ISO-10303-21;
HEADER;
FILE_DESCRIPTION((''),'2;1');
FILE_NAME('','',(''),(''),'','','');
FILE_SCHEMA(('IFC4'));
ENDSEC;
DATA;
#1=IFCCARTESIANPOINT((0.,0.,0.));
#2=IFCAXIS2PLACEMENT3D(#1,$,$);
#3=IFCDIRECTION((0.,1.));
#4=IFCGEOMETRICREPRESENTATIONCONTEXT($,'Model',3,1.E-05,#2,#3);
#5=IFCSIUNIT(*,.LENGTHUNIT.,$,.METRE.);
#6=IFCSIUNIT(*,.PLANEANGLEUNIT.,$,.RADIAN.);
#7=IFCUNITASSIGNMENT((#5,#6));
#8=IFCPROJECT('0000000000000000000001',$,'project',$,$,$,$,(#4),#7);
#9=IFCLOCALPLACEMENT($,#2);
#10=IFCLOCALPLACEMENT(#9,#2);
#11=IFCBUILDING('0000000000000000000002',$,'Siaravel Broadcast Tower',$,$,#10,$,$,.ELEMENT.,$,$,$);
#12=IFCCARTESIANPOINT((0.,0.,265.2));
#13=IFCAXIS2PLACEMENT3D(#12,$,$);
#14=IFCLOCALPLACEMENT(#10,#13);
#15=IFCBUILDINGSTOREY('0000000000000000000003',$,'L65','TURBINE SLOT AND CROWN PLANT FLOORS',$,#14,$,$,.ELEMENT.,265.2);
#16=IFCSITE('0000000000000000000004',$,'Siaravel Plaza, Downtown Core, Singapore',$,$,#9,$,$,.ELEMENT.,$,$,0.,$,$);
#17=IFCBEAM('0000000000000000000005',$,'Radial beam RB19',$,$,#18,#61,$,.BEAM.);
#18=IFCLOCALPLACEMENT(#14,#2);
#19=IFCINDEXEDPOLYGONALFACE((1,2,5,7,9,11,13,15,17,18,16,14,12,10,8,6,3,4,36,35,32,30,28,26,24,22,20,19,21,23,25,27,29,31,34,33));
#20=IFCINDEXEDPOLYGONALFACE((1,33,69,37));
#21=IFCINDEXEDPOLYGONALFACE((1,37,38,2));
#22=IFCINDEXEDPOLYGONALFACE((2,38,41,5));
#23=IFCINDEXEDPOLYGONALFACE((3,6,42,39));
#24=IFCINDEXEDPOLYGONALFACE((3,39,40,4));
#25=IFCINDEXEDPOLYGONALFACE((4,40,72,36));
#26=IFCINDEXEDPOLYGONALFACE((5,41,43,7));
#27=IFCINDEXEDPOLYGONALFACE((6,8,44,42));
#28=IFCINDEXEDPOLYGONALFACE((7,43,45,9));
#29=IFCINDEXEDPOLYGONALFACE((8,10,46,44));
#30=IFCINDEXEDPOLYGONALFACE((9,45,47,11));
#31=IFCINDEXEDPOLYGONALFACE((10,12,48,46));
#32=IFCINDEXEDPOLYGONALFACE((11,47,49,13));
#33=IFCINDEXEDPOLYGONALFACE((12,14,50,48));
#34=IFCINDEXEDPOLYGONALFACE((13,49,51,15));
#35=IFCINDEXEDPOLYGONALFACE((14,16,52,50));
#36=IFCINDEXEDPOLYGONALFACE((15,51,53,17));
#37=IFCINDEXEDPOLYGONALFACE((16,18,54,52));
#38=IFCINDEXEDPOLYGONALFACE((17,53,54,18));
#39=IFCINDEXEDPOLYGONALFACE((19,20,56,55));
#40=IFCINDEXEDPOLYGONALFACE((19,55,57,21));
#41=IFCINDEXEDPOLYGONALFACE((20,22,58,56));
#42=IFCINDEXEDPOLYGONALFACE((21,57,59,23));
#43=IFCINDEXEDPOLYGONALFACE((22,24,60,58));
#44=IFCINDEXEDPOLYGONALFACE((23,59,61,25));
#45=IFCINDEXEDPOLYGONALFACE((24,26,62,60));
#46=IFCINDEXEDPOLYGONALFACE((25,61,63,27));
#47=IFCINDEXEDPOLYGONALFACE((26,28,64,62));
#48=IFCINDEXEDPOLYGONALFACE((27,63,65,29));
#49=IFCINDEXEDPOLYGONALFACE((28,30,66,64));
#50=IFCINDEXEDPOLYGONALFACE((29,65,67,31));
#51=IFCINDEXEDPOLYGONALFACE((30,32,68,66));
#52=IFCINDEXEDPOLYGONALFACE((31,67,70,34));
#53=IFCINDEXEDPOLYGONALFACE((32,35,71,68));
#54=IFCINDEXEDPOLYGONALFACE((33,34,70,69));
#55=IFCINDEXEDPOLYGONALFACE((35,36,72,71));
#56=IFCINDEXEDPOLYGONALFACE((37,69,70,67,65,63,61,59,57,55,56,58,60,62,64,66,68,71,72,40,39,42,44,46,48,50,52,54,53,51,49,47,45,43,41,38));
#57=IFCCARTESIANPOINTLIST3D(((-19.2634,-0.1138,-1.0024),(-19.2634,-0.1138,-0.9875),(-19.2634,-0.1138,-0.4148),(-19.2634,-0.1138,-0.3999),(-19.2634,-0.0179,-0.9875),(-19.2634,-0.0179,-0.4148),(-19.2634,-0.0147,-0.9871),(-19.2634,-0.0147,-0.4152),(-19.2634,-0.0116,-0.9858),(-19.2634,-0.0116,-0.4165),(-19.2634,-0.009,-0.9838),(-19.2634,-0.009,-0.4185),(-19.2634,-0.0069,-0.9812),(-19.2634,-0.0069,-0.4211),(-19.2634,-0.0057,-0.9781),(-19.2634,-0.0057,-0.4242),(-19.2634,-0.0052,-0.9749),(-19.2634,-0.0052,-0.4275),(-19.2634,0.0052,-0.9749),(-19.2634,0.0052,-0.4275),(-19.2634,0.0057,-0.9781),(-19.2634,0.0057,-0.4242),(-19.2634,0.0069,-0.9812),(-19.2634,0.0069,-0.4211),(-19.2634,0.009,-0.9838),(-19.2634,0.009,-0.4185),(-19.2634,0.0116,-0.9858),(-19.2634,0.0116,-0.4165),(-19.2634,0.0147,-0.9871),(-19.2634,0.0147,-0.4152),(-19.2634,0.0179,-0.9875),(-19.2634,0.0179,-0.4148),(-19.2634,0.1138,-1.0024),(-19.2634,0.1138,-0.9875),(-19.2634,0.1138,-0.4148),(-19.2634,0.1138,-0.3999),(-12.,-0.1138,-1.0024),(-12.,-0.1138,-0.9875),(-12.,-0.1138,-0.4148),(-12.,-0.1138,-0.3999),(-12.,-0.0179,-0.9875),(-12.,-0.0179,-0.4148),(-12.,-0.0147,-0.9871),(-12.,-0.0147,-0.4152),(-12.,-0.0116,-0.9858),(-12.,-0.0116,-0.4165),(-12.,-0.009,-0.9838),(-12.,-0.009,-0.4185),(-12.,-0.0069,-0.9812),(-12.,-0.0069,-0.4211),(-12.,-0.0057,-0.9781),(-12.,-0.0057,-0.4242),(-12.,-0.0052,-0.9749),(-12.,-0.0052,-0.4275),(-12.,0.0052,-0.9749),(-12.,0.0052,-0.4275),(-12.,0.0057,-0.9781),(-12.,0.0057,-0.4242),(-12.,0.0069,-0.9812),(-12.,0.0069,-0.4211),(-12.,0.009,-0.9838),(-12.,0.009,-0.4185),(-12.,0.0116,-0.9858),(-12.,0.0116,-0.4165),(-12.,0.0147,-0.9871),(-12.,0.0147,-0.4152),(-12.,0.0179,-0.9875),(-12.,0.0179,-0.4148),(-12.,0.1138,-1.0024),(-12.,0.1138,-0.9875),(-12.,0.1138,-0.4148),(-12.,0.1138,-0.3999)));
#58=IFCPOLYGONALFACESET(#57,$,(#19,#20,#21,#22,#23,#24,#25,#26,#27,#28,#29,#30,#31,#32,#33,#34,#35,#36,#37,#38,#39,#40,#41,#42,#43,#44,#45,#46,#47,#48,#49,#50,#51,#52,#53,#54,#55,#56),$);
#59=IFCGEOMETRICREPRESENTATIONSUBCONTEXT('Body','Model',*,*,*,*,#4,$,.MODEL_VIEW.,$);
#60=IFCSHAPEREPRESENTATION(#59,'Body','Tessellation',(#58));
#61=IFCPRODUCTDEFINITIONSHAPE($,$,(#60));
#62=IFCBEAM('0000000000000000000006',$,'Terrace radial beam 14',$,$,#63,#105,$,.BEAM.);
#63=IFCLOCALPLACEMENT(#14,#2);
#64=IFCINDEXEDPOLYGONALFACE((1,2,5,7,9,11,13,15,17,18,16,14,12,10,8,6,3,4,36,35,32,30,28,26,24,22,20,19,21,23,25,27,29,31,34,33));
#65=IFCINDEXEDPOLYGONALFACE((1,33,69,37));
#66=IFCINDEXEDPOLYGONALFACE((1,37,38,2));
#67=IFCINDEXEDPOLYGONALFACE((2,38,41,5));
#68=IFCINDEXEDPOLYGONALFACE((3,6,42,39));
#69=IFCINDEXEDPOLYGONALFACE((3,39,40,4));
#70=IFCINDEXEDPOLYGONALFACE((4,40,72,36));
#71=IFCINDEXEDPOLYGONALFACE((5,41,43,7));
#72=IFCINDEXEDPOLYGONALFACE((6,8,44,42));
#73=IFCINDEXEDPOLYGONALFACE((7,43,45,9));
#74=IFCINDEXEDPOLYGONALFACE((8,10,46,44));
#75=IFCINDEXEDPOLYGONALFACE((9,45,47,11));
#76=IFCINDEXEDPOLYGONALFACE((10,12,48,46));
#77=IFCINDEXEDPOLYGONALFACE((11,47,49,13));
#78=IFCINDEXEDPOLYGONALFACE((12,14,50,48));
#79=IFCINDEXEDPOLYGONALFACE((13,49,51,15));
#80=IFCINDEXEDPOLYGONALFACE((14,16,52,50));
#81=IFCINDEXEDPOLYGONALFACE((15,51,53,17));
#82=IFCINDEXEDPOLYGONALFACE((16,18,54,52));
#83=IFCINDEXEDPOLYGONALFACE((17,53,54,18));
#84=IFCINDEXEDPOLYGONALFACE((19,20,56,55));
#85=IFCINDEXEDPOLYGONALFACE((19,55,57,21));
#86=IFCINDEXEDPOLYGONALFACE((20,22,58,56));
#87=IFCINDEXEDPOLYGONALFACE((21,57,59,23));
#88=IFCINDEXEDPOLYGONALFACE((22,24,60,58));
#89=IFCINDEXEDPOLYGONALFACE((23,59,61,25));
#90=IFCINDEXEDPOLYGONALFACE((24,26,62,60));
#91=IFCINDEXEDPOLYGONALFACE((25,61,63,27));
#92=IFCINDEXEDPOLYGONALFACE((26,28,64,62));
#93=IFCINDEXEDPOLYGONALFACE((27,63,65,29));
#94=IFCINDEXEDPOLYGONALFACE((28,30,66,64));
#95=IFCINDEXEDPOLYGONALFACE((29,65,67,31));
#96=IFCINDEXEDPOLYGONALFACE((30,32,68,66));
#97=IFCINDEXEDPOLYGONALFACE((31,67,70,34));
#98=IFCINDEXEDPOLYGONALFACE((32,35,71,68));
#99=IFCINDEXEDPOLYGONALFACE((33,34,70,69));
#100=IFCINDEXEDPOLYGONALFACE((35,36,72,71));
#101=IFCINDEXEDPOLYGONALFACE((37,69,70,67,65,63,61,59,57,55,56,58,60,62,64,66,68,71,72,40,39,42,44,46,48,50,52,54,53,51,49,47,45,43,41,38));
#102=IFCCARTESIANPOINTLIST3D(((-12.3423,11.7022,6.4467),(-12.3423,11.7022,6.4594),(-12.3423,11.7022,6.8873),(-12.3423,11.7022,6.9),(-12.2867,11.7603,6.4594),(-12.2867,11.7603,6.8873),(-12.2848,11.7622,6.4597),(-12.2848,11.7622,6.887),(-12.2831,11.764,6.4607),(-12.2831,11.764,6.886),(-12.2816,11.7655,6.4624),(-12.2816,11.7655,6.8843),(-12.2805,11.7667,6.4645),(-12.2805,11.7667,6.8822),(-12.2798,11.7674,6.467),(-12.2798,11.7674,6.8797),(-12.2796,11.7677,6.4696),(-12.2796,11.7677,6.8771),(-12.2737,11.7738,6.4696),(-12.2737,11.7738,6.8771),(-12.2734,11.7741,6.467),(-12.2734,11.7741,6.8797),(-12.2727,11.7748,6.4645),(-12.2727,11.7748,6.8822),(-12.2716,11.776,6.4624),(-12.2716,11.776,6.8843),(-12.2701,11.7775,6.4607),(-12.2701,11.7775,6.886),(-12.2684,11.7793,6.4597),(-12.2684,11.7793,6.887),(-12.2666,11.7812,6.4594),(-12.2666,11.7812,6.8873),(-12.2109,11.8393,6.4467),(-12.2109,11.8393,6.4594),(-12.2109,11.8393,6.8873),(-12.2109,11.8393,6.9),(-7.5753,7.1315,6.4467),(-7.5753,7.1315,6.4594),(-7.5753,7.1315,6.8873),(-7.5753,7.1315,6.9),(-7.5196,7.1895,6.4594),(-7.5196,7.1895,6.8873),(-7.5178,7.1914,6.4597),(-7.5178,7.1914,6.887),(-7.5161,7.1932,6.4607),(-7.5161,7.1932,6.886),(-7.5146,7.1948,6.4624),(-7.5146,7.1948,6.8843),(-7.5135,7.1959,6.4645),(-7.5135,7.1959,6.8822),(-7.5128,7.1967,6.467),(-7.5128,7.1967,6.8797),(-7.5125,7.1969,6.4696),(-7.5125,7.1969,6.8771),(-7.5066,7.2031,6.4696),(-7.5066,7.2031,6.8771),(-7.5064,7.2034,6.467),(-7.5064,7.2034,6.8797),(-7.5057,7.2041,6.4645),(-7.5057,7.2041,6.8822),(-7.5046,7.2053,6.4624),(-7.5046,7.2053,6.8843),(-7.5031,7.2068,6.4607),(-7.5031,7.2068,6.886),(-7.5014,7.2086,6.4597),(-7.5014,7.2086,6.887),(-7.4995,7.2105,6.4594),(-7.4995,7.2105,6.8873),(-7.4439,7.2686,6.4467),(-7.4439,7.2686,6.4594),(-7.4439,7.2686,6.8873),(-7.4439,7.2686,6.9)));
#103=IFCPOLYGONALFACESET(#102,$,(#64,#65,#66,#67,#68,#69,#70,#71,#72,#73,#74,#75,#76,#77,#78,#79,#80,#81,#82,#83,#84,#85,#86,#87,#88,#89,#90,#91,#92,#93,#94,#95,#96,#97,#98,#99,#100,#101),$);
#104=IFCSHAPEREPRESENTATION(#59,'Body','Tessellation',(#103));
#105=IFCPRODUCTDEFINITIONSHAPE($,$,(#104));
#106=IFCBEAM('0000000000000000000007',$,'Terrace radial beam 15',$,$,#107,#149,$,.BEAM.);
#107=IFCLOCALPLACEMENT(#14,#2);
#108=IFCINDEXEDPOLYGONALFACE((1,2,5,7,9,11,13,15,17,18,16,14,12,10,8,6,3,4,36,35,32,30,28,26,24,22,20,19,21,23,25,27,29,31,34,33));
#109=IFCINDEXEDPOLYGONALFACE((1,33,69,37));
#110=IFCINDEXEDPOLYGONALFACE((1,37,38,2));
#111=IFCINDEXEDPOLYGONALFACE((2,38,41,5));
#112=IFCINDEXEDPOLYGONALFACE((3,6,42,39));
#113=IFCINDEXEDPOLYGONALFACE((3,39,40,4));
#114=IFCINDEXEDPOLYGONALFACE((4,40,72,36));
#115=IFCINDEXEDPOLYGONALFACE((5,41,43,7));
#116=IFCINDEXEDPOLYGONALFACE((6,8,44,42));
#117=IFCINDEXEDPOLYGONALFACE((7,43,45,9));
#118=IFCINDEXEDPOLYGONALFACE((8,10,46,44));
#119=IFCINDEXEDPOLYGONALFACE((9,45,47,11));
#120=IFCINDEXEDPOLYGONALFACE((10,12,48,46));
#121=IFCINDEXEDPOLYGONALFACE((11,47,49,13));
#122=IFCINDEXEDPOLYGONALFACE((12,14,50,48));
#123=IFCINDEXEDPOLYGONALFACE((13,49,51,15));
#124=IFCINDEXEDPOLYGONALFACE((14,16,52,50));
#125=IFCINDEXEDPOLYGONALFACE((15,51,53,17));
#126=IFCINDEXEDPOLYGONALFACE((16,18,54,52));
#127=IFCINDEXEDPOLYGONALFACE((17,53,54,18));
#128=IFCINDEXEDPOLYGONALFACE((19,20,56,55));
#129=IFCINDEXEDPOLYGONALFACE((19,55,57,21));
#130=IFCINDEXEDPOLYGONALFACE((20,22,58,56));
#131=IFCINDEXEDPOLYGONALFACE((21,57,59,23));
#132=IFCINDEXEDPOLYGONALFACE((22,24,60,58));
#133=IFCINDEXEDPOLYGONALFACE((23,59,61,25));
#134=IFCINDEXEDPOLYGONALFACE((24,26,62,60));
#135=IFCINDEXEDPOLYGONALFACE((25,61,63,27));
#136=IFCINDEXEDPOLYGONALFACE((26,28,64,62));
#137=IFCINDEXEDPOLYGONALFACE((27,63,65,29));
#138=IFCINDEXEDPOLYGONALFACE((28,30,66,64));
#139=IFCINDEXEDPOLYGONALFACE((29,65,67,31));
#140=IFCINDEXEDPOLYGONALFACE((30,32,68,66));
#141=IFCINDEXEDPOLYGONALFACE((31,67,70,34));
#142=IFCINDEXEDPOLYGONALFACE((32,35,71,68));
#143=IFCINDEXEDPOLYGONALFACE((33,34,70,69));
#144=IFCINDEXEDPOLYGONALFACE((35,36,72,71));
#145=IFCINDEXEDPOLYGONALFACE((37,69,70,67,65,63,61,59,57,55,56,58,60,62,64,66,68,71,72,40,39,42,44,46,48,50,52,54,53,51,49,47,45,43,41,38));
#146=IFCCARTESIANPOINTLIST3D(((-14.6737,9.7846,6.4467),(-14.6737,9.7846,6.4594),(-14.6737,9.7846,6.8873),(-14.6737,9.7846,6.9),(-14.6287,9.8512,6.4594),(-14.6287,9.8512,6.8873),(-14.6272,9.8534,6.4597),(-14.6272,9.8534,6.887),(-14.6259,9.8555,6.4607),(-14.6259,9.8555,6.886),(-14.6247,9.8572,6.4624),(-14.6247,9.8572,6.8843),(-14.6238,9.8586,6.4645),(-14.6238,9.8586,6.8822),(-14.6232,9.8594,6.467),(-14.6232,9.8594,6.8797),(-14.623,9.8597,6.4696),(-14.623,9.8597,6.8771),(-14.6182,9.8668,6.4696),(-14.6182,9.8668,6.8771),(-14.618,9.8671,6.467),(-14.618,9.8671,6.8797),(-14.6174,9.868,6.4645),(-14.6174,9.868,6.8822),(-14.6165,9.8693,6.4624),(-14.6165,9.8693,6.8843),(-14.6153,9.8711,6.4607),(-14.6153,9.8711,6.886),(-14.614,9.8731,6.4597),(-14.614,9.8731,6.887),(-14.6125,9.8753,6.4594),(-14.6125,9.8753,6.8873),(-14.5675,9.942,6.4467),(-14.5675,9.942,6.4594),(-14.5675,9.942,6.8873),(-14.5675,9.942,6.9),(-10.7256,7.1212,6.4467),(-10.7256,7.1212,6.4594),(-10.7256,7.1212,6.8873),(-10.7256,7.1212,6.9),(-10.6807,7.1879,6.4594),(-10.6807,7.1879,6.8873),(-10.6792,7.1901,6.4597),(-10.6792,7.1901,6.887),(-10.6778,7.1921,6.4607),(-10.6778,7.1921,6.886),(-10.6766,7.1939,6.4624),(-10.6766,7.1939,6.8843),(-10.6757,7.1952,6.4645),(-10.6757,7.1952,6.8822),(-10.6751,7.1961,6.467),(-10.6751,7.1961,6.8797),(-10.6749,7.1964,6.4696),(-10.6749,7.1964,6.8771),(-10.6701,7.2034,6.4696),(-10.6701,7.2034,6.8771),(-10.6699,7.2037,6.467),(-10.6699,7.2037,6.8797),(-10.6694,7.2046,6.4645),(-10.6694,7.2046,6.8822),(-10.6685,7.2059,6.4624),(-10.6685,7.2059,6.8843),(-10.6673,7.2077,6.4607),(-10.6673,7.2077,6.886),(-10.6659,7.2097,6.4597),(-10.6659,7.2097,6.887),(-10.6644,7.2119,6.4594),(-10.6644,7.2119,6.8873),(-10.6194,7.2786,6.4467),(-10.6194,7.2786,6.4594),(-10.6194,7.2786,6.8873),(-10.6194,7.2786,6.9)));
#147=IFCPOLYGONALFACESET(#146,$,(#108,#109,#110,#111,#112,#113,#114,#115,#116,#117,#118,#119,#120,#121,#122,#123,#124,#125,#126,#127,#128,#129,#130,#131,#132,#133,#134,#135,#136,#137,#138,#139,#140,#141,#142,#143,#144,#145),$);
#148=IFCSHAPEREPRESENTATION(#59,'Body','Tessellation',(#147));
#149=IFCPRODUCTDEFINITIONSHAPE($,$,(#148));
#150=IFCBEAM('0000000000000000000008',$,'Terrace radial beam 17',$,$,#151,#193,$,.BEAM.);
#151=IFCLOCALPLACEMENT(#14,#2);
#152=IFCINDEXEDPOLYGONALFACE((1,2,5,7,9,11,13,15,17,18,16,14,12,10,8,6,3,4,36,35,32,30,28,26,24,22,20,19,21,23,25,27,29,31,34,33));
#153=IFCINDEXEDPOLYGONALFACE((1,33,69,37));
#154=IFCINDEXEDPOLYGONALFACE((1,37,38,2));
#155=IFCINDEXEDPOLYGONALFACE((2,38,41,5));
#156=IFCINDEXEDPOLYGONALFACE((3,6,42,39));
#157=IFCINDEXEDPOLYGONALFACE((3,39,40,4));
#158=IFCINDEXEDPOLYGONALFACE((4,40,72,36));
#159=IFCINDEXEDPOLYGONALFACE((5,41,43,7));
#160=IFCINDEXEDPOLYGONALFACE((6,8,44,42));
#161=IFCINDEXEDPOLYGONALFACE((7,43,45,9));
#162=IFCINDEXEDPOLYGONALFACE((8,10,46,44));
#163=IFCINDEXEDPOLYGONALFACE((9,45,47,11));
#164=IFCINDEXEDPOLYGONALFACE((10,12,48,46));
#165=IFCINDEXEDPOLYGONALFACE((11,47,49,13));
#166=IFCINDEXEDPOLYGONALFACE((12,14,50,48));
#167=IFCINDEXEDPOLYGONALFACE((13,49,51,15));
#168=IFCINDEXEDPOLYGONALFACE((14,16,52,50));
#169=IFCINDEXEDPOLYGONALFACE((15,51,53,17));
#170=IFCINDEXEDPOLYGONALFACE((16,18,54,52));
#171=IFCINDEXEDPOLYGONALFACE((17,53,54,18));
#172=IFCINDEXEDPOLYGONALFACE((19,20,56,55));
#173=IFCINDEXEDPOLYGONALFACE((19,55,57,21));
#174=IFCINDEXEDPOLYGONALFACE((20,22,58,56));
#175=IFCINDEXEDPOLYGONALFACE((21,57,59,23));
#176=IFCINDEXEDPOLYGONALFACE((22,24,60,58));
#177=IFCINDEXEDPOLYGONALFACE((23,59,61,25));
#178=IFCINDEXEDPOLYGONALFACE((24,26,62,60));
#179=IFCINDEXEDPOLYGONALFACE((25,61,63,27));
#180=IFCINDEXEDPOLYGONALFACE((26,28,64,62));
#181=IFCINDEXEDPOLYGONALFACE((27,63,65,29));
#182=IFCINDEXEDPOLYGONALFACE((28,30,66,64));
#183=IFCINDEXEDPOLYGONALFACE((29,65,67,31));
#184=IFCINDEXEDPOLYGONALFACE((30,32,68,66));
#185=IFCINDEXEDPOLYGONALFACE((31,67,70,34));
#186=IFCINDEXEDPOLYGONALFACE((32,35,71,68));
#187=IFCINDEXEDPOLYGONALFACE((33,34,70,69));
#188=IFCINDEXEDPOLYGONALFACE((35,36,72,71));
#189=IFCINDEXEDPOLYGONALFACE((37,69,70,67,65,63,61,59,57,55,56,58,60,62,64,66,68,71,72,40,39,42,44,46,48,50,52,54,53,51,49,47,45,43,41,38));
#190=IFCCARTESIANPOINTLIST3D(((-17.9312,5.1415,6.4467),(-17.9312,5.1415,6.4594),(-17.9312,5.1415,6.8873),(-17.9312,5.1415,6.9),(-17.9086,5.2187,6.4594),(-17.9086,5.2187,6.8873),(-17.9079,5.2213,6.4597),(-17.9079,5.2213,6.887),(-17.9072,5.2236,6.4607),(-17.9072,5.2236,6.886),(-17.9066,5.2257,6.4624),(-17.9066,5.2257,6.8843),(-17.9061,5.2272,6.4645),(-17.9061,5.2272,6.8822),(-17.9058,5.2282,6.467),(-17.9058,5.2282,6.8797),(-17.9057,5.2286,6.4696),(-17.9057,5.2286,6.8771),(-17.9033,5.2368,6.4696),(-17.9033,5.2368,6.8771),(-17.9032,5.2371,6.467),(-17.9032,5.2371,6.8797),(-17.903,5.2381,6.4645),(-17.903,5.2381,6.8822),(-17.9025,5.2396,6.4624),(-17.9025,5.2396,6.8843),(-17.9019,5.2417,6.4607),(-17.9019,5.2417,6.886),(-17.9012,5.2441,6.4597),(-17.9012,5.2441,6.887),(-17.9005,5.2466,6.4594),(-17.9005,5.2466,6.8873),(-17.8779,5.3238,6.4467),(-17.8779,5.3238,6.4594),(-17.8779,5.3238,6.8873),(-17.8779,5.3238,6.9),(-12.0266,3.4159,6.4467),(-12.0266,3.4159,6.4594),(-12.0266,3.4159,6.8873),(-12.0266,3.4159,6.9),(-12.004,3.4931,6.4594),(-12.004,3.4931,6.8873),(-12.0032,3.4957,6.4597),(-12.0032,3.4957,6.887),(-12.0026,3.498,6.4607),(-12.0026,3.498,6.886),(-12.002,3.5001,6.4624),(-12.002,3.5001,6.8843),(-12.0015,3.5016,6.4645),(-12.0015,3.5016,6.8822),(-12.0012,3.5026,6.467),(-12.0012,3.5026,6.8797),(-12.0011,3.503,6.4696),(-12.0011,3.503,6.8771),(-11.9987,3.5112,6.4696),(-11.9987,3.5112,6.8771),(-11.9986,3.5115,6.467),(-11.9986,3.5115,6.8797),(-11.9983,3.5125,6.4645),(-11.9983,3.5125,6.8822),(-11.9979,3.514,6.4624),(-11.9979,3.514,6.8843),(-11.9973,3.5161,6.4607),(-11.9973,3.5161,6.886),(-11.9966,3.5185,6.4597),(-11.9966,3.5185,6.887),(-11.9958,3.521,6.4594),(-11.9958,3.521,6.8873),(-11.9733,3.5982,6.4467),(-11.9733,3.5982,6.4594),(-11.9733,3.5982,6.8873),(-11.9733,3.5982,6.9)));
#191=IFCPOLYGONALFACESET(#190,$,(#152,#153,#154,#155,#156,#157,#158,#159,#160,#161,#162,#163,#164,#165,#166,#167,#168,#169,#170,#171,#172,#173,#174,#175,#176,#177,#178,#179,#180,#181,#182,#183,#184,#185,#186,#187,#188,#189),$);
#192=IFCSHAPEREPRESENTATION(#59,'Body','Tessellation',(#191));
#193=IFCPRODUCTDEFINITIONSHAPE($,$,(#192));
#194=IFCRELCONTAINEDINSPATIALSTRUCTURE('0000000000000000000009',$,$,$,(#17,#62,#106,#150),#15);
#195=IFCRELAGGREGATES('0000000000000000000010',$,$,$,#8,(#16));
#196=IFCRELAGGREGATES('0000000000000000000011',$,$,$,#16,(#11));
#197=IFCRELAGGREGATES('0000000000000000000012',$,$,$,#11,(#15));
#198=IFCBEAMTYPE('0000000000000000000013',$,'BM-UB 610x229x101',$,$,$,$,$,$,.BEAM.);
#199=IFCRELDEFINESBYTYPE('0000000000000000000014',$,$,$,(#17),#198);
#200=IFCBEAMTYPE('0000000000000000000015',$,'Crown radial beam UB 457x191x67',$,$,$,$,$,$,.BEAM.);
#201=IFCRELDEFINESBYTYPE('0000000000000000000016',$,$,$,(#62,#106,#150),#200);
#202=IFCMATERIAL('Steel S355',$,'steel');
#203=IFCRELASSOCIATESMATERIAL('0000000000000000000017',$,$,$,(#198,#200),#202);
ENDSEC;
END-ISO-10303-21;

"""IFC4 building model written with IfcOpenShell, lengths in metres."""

from ifc_helpers import new_model, si_unit, direction, frame, origin, origin_2d, place, context, subcontext, project, spatial, i_section, extrude, material, material_profile, profile_set, type_object, element, save


model = new_model("IFC4")

# Units and contexts
model_context = context("Model", 3, precision=1e-05, world=origin(), true_north=direction((0.0, 1.0)))
body_context = subcontext(model_context, "Body", "Model", "MODEL_VIEW")
ifc_project = project(units=[si_unit("LENGTHUNIT", "METRE"), si_unit("PLANEANGLEUNIT", "RADIAN")], contexts=[model_context])

# Site, building, storey
site_placement = place(None, origin())
site = spatial("IfcSite", under=ifc_project, at=site_placement, Name="Siaravel Plaza, Downtown Core, Singapore", CompositionType="ELEMENT", RefElevation=0.0)
building_placement = place(site_placement, origin())
building = spatial("IfcBuilding", under=site, at=building_placement, Name="Siaravel Broadcast Tower", CompositionType="ELEMENT")
storey_placement = place(building_placement, frame((0.0, 0.0, 265.2)))
storey = spatial("IfcBuildingStorey", under=building, at=storey_placement, Name="L65", Description="TURBINE SLOT AND CROWN PLANT FLOORS", CompositionType="ELEMENT", Elevation=265.2)

# Beams
ifc_material_1 = material(Name="Steel S355", Category="steel")
ifc_material_profile_1 = material_profile(ifc_material_1, i_section(OverallWidth=0.2275, OverallDepth=0.6025, WebThickness=0.0105, FlangeThickness=0.0149, FilletRadius=0.0127, at=origin_2d()))
ifc_profile_set_1 = profile_set([ifc_material_profile_1], Name="Steel S355")
beam_type_1 = type_object("IfcBeamType", Name="BM-UB 610x229x101", PredefinedType="BEAM", material=ifc_profile_set_1)
beam_1_placement = place(storey_placement, frame((-19.2634, 0.0, -0.7012), z_axis=(1.0, 0.0, 0.0), x_axis=(0.0, 1.0, 0.0)))
element("IfcBeam", 1, at=beam_1_placement, inside=storey, type_object=beam_type_1, Name="Radial beam RB19", PredefinedType="BEAM", context=body_context, shape_type="SweptSolid", body=[
    extrude(i_section(OverallWidth=0.2275, OverallDepth=0.6025, WebThickness=0.0105, FlangeThickness=0.0149, FilletRadius=0.0127, at=origin_2d()), origin(), (0.0, 0.0, 1.0), 7.2634),
])
ifc_material_profile_2 = material_profile(ifc_material_1, i_section(OverallWidth=0.1899, OverallDepth=0.4534, WebThickness=0.0085, FlangeThickness=0.0127, FilletRadius=0.0103, at=origin_2d()))
ifc_profile_set_2 = profile_set([ifc_material_profile_2], Name="Steel S355")
beam_type_2 = type_object("IfcBeamType", Name="Crown radial beam UB 457x191x67", PredefinedType="BEAM", material=ifc_profile_set_2)
beam_2_placement = place(storey_placement, frame((-12.2766, 11.7708, 6.6733), z_axis=(0.721811, -0.69209, 0.0), x_axis=(0.69209, 0.721811, 0.0)))
element("IfcBeam", 2, at=beam_2_placement, inside=storey, type_object=beam_type_2, Name="Terrace radial beam 14", PredefinedType="BEAM", context=body_context, shape_type="SweptSolid", body=[
    extrude(i_section(OverallWidth=0.1899, OverallDepth=0.4534, WebThickness=0.0085, FlangeThickness=0.0127, FilletRadius=0.0103, at=origin_2d()), origin(), (0.0, 0.0, 1.0), 6.6042),
])
beam_3_placement = place(storey_placement, frame((-14.6206, 9.8633, 6.6733), z_axis=(0.829001, -0.559247, 0.0), x_axis=(0.559247, 0.829001, 0.0)))
element("IfcBeam", 3, at=beam_3_placement, inside=storey, type_object=beam_type_2, Name="Terrace radial beam 15", PredefinedType="BEAM", context=body_context, shape_type="SweptSolid", body=[
    extrude(i_section(OverallWidth=0.1899, OverallDepth=0.4534, WebThickness=0.0085, FlangeThickness=0.0127, FilletRadius=0.0103, at=origin_2d()), origin(), (0.0, 0.0, 1.0), 4.7625),
])
beam_4_placement = place(storey_placement, frame((-17.9045, 5.2327, 6.6733), z_axis=(0.95985, -0.280514, 0.0), x_axis=(0.280514, 0.95985, 0.0)))
element("IfcBeam", 4, at=beam_4_placement, inside=storey, type_object=beam_type_2, Name="Terrace radial beam 17", PredefinedType="BEAM", context=body_context, shape_type="SweptSolid", body=[
    extrude(i_section(OverallWidth=0.1899, OverallDepth=0.4534, WebThickness=0.0085, FlangeThickness=0.0127, FilletRadius=0.0103, at=origin_2d()), origin(), (0.0, 0.0, 1.0), 6.1516),
])

save(model, "model.ifc")
